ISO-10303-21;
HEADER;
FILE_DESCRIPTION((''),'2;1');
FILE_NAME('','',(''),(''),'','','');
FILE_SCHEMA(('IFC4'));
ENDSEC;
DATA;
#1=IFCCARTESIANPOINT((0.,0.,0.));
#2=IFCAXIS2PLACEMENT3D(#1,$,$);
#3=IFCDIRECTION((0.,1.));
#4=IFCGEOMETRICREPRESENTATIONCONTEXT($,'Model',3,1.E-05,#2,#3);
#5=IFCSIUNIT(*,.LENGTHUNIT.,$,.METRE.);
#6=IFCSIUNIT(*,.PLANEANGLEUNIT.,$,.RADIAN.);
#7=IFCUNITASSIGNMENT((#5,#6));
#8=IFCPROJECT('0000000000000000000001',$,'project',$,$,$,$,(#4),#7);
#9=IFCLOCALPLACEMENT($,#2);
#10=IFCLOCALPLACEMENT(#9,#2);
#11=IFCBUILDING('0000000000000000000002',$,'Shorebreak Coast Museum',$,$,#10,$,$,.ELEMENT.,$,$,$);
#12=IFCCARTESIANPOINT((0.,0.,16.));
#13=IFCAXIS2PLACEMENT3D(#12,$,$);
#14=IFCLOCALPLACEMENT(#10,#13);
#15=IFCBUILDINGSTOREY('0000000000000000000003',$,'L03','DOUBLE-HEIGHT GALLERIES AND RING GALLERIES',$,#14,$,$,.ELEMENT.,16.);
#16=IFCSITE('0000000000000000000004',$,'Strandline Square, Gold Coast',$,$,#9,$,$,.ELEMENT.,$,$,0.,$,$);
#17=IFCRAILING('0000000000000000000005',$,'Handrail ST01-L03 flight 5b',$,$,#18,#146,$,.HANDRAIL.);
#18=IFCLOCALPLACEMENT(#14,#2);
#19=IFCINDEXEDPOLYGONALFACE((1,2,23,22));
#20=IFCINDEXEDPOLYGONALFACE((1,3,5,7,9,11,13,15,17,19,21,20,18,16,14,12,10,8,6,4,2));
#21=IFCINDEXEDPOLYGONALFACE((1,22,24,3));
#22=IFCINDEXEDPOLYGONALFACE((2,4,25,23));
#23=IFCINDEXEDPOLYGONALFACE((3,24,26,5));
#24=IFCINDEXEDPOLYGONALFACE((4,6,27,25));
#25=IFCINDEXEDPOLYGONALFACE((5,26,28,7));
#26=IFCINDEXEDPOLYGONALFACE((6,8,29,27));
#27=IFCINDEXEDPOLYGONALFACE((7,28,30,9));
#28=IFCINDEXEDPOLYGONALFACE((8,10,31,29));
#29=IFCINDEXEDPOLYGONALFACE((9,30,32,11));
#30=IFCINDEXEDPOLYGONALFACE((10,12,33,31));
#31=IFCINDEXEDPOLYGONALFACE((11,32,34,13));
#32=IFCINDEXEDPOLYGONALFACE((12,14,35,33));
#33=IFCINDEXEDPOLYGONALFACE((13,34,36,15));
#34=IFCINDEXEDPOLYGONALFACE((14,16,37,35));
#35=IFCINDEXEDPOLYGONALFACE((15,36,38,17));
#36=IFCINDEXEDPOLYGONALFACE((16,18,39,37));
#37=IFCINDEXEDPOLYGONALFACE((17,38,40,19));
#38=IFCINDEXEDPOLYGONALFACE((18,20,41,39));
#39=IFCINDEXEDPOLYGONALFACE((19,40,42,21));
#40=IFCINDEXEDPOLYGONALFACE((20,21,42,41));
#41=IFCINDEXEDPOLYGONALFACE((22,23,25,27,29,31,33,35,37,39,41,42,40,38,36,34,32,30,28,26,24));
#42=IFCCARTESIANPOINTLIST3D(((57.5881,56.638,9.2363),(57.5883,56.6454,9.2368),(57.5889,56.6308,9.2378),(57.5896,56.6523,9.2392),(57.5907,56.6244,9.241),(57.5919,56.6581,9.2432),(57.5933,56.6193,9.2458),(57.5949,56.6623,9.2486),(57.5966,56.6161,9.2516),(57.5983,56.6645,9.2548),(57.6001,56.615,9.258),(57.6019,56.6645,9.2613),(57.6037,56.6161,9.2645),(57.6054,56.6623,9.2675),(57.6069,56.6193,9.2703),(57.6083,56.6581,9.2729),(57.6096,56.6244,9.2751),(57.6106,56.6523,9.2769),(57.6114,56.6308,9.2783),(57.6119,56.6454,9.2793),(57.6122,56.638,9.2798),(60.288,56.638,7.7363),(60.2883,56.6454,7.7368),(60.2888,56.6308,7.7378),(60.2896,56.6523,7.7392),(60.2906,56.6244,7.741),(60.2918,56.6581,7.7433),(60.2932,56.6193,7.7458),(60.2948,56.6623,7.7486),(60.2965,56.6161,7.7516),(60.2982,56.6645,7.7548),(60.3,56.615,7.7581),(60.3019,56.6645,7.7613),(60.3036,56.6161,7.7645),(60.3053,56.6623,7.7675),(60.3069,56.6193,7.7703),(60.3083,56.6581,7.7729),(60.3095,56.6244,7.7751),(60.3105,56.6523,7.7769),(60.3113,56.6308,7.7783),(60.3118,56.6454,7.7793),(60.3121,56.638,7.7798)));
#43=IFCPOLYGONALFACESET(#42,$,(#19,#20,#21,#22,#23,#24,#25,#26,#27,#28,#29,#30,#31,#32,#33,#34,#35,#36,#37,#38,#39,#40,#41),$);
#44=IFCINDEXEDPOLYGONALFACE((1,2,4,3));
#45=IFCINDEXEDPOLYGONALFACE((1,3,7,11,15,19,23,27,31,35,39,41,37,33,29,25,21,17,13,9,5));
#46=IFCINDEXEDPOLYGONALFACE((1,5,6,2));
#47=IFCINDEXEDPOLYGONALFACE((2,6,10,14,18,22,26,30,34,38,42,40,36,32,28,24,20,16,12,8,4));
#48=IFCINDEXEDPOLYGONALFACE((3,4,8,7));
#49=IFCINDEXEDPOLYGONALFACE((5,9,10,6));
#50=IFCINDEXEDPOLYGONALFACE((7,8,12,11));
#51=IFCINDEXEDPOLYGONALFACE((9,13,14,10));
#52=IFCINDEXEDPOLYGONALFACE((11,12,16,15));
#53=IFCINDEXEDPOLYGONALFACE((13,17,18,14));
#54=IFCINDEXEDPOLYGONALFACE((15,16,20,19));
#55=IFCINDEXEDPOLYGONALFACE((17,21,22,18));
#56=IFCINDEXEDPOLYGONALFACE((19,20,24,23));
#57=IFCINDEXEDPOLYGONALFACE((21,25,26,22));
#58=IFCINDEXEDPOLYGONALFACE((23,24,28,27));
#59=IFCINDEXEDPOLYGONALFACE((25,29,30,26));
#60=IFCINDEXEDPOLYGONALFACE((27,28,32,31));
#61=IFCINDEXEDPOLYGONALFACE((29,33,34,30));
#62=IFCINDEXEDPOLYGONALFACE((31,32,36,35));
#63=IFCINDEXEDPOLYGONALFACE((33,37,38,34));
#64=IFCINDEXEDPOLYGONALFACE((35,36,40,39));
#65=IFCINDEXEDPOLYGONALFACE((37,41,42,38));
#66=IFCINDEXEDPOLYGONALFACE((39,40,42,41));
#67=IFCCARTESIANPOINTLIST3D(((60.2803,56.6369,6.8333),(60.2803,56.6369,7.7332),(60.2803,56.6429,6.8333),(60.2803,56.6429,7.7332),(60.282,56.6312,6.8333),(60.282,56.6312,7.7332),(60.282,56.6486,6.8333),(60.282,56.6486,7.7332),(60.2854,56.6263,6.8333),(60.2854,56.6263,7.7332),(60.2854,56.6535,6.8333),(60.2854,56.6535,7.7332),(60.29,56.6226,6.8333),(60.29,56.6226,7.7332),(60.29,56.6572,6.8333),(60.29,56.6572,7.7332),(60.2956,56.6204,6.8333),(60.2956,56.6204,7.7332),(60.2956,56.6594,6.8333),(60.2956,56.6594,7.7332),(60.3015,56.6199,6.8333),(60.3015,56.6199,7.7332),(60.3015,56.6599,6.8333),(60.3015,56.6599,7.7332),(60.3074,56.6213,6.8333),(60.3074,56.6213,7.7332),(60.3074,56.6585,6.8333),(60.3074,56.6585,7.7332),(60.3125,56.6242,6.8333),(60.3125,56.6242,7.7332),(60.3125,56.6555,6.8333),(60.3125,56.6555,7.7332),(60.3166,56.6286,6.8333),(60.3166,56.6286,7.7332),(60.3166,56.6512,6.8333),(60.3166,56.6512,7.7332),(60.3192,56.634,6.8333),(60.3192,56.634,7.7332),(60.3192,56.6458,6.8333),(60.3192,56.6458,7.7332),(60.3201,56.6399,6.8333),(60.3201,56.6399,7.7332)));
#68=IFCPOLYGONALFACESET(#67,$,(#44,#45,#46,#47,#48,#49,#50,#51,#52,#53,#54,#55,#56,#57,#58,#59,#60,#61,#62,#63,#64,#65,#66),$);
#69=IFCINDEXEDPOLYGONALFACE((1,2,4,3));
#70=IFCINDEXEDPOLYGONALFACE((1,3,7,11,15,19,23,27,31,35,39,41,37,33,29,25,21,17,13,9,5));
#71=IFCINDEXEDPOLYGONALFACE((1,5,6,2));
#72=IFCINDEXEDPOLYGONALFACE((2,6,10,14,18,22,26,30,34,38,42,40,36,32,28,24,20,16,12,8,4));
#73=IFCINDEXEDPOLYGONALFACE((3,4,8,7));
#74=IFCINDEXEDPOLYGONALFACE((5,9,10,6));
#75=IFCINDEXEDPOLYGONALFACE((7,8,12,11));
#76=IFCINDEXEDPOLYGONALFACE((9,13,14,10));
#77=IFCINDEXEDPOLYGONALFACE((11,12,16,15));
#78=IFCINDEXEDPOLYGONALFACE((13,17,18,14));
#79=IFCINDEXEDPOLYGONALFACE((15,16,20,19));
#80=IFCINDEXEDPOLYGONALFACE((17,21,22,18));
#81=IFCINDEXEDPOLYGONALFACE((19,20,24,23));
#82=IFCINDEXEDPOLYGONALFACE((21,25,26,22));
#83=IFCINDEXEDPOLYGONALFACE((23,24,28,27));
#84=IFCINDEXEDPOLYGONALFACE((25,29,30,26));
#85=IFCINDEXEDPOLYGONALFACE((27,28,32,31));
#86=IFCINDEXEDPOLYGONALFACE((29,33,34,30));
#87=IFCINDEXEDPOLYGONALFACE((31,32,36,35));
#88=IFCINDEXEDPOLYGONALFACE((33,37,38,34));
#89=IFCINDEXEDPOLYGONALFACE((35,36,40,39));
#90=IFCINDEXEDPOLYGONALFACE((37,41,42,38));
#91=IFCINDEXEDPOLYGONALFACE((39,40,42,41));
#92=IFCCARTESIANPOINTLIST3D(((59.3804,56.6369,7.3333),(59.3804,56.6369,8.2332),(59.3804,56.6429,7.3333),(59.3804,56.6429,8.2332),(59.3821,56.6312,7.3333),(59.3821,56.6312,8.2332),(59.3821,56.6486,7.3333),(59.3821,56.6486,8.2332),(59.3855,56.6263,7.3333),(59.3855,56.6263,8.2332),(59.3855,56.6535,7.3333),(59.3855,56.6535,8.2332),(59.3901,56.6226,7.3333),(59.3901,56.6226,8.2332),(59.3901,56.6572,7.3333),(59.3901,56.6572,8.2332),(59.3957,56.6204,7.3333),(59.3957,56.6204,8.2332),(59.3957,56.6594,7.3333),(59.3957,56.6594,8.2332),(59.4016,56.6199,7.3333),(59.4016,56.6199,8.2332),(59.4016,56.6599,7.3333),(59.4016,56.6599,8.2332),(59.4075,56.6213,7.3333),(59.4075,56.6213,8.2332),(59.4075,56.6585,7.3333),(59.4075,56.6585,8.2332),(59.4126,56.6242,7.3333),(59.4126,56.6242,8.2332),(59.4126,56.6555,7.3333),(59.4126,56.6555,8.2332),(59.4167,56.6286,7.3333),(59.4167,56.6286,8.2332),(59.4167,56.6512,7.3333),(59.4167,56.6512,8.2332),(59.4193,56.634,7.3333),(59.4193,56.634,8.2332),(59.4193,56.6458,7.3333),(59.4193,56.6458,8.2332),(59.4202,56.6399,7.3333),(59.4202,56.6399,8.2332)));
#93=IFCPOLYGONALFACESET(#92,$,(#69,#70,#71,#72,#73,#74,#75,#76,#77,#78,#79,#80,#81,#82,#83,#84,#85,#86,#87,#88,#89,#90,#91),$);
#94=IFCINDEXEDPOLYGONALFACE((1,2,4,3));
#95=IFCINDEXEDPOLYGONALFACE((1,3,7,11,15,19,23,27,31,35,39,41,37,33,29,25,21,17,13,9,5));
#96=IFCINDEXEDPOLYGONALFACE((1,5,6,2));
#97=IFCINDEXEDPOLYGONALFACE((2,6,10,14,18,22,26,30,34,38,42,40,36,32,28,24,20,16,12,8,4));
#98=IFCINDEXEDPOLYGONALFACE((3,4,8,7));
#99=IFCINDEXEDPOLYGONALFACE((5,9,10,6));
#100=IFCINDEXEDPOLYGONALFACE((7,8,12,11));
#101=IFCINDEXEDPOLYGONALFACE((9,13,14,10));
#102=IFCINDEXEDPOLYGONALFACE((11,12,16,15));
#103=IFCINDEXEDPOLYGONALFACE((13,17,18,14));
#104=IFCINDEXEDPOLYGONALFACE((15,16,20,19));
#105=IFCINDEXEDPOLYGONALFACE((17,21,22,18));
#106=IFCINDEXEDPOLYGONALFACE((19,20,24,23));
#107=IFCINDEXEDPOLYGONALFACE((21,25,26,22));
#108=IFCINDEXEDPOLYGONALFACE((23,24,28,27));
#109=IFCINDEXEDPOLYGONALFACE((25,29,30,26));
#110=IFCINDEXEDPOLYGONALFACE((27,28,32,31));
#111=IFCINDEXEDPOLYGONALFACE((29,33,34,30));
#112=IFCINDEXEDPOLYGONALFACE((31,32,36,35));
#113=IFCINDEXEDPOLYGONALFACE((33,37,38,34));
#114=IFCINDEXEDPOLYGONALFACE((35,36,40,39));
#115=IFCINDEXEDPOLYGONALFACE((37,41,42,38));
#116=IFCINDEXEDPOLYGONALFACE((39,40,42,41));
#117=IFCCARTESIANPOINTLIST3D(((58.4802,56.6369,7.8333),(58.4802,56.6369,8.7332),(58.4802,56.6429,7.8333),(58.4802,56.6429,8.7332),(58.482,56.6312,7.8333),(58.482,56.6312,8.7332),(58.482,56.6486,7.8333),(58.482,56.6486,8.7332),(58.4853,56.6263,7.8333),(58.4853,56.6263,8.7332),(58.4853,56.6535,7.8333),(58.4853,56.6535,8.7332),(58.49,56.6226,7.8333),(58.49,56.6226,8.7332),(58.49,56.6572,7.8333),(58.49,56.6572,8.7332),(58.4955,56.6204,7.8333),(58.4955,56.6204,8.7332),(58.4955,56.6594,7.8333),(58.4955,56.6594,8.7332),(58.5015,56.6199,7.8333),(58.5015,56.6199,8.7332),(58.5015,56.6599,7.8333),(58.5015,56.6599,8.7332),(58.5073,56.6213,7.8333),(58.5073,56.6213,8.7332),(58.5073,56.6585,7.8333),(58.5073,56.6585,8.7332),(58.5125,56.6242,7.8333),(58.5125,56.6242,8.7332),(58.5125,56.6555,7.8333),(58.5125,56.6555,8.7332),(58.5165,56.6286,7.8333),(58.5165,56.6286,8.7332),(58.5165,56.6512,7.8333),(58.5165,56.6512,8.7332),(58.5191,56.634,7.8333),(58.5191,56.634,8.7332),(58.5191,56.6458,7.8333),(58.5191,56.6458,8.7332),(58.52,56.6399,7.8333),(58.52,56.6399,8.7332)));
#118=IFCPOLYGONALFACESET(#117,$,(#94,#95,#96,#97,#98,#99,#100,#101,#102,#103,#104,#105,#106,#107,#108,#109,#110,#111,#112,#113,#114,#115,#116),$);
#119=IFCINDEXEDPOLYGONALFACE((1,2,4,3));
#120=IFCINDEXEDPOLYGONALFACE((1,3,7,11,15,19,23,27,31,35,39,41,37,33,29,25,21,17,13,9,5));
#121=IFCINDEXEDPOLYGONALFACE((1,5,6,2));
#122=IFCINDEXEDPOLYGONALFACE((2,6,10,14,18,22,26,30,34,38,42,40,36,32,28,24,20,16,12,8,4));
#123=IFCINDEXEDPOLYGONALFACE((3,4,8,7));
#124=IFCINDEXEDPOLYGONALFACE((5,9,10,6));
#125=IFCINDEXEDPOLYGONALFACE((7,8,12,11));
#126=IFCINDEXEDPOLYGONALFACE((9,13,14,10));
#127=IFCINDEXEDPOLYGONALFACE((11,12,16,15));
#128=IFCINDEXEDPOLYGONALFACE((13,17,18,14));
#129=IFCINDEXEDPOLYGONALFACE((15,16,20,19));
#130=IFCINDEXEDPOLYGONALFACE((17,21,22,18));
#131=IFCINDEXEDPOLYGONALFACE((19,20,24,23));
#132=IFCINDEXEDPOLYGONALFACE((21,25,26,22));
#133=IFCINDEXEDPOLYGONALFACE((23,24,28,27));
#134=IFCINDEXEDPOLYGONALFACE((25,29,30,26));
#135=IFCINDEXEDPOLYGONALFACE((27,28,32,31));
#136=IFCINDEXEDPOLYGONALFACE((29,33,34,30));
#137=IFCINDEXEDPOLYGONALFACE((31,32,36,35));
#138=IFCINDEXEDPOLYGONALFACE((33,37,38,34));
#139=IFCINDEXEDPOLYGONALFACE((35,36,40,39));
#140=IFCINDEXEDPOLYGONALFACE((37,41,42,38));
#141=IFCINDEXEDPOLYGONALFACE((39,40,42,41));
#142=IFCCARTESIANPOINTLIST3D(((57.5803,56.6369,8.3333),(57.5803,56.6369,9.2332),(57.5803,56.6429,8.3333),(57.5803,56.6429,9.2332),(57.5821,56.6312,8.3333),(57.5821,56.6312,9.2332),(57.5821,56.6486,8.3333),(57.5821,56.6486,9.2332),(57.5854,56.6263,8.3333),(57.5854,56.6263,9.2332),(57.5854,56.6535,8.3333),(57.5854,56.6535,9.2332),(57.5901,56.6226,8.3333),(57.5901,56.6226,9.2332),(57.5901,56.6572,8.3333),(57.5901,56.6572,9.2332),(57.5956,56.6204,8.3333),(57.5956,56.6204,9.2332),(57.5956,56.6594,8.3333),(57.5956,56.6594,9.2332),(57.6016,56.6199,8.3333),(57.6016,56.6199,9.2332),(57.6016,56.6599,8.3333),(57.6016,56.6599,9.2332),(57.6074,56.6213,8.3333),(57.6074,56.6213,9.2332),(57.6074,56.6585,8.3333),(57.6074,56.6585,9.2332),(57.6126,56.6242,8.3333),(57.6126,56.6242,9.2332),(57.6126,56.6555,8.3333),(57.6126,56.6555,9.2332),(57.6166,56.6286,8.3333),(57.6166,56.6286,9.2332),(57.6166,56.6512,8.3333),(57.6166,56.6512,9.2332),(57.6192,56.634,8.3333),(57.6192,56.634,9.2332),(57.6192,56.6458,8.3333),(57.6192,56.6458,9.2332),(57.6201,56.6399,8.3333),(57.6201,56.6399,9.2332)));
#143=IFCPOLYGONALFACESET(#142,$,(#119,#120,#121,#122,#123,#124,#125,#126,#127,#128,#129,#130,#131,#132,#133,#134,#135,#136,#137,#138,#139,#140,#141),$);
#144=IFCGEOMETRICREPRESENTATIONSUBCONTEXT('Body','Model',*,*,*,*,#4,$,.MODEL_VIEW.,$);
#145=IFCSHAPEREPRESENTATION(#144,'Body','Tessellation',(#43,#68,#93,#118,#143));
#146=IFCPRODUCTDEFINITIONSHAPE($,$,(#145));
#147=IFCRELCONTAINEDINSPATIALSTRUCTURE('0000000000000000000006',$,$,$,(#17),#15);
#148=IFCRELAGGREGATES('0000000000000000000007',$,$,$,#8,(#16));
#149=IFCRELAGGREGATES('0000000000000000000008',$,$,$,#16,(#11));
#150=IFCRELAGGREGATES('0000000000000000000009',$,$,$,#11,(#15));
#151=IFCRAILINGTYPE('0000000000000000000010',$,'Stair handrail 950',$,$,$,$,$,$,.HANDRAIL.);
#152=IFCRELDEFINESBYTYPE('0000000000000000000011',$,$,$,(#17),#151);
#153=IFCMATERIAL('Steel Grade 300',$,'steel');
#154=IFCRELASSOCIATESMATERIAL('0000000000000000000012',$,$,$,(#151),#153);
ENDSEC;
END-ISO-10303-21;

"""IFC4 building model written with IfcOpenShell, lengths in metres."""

from ifc_helpers import new_model, si_unit, direction, frame, origin, origin_2d, place, context, subcontext, project, spatial, circle, extrude, material, type_object, element, save


model = new_model("IFC4")

# Units and contexts
model_context = context("Model", 3, precision=1e-05, world=origin(), true_north=direction((0.0, 1.0)))
body_context = subcontext(model_context, "Body", "Model", "MODEL_VIEW")
ifc_project = project(units=[si_unit("LENGTHUNIT", "METRE"), si_unit("PLANEANGLEUNIT", "RADIAN")], contexts=[model_context])

# Site, building, storey
site_placement = place(None, origin())
site = spatial("IfcSite", under=ifc_project, at=site_placement, Name="Strandline Square, Gold Coast", CompositionType="ELEMENT", RefElevation=0.0)
building_placement = place(site_placement, origin())
building = spatial("IfcBuilding", under=site, at=building_placement, Name="Shorebreak Coast Museum", CompositionType="ELEMENT")
storey_placement = place(building_placement, frame((0.0, 0.0, 16.0)))
storey = spatial("IfcBuildingStorey", under=building, at=storey_placement, Name="L03", Description="DOUBLE-HEIGHT GALLERIES AND RING GALLERIES", CompositionType="ELEMENT", Elevation=16.0)

# Railing
ifc_material_1 = material(Name="Steel Grade 300", Category="steel")
railing_type_1 = type_object("IfcRailingType", Name="Stair handrail 950", PredefinedType="HANDRAIL", material=ifc_material_1)
for number, where, name in (
    (1, (60.3, 56.6399, 6.8333), "Handrail ST01-L03 flight 5b"),
):
    element("IfcRailing", number, at=place(storey_placement, frame(where)), inside=storey, type_object=railing_type_1, Name=name, PredefinedType="HANDRAIL", context=body_context, shape_type="SweptSolid", body=[
        extrude(circle(Radius=0.0249, at=origin_2d()), frame((0.0, 0.0, 0.9248), z_axis=(-0.874154, 0.0, 0.48565), x_axis=(0.0, -1.0, 0.0)), (0.0, 0.0, 1.0), 3.0886),
        extrude(circle(Radius=0.02, at=origin_2d()), origin(), (0.0, 0.0, 1.0), 0.8999),
        extrude(circle(Radius=0.02, at=origin_2d()), frame((-0.8999, 0.0, 0.5)), (0.0, 0.0, 1.0), 0.8999),
        extrude(circle(Radius=0.02, at=origin_2d()), frame((-1.8, 0.0, 1.0)), (0.0, 0.0, 1.0), 0.8999),
        extrude(circle(Radius=0.02, at=origin_2d()), frame((-2.7, 0.0, 1.5)), (0.0, 0.0, 1.0), 0.8999),
    ])

save(model, "model.ifc")
